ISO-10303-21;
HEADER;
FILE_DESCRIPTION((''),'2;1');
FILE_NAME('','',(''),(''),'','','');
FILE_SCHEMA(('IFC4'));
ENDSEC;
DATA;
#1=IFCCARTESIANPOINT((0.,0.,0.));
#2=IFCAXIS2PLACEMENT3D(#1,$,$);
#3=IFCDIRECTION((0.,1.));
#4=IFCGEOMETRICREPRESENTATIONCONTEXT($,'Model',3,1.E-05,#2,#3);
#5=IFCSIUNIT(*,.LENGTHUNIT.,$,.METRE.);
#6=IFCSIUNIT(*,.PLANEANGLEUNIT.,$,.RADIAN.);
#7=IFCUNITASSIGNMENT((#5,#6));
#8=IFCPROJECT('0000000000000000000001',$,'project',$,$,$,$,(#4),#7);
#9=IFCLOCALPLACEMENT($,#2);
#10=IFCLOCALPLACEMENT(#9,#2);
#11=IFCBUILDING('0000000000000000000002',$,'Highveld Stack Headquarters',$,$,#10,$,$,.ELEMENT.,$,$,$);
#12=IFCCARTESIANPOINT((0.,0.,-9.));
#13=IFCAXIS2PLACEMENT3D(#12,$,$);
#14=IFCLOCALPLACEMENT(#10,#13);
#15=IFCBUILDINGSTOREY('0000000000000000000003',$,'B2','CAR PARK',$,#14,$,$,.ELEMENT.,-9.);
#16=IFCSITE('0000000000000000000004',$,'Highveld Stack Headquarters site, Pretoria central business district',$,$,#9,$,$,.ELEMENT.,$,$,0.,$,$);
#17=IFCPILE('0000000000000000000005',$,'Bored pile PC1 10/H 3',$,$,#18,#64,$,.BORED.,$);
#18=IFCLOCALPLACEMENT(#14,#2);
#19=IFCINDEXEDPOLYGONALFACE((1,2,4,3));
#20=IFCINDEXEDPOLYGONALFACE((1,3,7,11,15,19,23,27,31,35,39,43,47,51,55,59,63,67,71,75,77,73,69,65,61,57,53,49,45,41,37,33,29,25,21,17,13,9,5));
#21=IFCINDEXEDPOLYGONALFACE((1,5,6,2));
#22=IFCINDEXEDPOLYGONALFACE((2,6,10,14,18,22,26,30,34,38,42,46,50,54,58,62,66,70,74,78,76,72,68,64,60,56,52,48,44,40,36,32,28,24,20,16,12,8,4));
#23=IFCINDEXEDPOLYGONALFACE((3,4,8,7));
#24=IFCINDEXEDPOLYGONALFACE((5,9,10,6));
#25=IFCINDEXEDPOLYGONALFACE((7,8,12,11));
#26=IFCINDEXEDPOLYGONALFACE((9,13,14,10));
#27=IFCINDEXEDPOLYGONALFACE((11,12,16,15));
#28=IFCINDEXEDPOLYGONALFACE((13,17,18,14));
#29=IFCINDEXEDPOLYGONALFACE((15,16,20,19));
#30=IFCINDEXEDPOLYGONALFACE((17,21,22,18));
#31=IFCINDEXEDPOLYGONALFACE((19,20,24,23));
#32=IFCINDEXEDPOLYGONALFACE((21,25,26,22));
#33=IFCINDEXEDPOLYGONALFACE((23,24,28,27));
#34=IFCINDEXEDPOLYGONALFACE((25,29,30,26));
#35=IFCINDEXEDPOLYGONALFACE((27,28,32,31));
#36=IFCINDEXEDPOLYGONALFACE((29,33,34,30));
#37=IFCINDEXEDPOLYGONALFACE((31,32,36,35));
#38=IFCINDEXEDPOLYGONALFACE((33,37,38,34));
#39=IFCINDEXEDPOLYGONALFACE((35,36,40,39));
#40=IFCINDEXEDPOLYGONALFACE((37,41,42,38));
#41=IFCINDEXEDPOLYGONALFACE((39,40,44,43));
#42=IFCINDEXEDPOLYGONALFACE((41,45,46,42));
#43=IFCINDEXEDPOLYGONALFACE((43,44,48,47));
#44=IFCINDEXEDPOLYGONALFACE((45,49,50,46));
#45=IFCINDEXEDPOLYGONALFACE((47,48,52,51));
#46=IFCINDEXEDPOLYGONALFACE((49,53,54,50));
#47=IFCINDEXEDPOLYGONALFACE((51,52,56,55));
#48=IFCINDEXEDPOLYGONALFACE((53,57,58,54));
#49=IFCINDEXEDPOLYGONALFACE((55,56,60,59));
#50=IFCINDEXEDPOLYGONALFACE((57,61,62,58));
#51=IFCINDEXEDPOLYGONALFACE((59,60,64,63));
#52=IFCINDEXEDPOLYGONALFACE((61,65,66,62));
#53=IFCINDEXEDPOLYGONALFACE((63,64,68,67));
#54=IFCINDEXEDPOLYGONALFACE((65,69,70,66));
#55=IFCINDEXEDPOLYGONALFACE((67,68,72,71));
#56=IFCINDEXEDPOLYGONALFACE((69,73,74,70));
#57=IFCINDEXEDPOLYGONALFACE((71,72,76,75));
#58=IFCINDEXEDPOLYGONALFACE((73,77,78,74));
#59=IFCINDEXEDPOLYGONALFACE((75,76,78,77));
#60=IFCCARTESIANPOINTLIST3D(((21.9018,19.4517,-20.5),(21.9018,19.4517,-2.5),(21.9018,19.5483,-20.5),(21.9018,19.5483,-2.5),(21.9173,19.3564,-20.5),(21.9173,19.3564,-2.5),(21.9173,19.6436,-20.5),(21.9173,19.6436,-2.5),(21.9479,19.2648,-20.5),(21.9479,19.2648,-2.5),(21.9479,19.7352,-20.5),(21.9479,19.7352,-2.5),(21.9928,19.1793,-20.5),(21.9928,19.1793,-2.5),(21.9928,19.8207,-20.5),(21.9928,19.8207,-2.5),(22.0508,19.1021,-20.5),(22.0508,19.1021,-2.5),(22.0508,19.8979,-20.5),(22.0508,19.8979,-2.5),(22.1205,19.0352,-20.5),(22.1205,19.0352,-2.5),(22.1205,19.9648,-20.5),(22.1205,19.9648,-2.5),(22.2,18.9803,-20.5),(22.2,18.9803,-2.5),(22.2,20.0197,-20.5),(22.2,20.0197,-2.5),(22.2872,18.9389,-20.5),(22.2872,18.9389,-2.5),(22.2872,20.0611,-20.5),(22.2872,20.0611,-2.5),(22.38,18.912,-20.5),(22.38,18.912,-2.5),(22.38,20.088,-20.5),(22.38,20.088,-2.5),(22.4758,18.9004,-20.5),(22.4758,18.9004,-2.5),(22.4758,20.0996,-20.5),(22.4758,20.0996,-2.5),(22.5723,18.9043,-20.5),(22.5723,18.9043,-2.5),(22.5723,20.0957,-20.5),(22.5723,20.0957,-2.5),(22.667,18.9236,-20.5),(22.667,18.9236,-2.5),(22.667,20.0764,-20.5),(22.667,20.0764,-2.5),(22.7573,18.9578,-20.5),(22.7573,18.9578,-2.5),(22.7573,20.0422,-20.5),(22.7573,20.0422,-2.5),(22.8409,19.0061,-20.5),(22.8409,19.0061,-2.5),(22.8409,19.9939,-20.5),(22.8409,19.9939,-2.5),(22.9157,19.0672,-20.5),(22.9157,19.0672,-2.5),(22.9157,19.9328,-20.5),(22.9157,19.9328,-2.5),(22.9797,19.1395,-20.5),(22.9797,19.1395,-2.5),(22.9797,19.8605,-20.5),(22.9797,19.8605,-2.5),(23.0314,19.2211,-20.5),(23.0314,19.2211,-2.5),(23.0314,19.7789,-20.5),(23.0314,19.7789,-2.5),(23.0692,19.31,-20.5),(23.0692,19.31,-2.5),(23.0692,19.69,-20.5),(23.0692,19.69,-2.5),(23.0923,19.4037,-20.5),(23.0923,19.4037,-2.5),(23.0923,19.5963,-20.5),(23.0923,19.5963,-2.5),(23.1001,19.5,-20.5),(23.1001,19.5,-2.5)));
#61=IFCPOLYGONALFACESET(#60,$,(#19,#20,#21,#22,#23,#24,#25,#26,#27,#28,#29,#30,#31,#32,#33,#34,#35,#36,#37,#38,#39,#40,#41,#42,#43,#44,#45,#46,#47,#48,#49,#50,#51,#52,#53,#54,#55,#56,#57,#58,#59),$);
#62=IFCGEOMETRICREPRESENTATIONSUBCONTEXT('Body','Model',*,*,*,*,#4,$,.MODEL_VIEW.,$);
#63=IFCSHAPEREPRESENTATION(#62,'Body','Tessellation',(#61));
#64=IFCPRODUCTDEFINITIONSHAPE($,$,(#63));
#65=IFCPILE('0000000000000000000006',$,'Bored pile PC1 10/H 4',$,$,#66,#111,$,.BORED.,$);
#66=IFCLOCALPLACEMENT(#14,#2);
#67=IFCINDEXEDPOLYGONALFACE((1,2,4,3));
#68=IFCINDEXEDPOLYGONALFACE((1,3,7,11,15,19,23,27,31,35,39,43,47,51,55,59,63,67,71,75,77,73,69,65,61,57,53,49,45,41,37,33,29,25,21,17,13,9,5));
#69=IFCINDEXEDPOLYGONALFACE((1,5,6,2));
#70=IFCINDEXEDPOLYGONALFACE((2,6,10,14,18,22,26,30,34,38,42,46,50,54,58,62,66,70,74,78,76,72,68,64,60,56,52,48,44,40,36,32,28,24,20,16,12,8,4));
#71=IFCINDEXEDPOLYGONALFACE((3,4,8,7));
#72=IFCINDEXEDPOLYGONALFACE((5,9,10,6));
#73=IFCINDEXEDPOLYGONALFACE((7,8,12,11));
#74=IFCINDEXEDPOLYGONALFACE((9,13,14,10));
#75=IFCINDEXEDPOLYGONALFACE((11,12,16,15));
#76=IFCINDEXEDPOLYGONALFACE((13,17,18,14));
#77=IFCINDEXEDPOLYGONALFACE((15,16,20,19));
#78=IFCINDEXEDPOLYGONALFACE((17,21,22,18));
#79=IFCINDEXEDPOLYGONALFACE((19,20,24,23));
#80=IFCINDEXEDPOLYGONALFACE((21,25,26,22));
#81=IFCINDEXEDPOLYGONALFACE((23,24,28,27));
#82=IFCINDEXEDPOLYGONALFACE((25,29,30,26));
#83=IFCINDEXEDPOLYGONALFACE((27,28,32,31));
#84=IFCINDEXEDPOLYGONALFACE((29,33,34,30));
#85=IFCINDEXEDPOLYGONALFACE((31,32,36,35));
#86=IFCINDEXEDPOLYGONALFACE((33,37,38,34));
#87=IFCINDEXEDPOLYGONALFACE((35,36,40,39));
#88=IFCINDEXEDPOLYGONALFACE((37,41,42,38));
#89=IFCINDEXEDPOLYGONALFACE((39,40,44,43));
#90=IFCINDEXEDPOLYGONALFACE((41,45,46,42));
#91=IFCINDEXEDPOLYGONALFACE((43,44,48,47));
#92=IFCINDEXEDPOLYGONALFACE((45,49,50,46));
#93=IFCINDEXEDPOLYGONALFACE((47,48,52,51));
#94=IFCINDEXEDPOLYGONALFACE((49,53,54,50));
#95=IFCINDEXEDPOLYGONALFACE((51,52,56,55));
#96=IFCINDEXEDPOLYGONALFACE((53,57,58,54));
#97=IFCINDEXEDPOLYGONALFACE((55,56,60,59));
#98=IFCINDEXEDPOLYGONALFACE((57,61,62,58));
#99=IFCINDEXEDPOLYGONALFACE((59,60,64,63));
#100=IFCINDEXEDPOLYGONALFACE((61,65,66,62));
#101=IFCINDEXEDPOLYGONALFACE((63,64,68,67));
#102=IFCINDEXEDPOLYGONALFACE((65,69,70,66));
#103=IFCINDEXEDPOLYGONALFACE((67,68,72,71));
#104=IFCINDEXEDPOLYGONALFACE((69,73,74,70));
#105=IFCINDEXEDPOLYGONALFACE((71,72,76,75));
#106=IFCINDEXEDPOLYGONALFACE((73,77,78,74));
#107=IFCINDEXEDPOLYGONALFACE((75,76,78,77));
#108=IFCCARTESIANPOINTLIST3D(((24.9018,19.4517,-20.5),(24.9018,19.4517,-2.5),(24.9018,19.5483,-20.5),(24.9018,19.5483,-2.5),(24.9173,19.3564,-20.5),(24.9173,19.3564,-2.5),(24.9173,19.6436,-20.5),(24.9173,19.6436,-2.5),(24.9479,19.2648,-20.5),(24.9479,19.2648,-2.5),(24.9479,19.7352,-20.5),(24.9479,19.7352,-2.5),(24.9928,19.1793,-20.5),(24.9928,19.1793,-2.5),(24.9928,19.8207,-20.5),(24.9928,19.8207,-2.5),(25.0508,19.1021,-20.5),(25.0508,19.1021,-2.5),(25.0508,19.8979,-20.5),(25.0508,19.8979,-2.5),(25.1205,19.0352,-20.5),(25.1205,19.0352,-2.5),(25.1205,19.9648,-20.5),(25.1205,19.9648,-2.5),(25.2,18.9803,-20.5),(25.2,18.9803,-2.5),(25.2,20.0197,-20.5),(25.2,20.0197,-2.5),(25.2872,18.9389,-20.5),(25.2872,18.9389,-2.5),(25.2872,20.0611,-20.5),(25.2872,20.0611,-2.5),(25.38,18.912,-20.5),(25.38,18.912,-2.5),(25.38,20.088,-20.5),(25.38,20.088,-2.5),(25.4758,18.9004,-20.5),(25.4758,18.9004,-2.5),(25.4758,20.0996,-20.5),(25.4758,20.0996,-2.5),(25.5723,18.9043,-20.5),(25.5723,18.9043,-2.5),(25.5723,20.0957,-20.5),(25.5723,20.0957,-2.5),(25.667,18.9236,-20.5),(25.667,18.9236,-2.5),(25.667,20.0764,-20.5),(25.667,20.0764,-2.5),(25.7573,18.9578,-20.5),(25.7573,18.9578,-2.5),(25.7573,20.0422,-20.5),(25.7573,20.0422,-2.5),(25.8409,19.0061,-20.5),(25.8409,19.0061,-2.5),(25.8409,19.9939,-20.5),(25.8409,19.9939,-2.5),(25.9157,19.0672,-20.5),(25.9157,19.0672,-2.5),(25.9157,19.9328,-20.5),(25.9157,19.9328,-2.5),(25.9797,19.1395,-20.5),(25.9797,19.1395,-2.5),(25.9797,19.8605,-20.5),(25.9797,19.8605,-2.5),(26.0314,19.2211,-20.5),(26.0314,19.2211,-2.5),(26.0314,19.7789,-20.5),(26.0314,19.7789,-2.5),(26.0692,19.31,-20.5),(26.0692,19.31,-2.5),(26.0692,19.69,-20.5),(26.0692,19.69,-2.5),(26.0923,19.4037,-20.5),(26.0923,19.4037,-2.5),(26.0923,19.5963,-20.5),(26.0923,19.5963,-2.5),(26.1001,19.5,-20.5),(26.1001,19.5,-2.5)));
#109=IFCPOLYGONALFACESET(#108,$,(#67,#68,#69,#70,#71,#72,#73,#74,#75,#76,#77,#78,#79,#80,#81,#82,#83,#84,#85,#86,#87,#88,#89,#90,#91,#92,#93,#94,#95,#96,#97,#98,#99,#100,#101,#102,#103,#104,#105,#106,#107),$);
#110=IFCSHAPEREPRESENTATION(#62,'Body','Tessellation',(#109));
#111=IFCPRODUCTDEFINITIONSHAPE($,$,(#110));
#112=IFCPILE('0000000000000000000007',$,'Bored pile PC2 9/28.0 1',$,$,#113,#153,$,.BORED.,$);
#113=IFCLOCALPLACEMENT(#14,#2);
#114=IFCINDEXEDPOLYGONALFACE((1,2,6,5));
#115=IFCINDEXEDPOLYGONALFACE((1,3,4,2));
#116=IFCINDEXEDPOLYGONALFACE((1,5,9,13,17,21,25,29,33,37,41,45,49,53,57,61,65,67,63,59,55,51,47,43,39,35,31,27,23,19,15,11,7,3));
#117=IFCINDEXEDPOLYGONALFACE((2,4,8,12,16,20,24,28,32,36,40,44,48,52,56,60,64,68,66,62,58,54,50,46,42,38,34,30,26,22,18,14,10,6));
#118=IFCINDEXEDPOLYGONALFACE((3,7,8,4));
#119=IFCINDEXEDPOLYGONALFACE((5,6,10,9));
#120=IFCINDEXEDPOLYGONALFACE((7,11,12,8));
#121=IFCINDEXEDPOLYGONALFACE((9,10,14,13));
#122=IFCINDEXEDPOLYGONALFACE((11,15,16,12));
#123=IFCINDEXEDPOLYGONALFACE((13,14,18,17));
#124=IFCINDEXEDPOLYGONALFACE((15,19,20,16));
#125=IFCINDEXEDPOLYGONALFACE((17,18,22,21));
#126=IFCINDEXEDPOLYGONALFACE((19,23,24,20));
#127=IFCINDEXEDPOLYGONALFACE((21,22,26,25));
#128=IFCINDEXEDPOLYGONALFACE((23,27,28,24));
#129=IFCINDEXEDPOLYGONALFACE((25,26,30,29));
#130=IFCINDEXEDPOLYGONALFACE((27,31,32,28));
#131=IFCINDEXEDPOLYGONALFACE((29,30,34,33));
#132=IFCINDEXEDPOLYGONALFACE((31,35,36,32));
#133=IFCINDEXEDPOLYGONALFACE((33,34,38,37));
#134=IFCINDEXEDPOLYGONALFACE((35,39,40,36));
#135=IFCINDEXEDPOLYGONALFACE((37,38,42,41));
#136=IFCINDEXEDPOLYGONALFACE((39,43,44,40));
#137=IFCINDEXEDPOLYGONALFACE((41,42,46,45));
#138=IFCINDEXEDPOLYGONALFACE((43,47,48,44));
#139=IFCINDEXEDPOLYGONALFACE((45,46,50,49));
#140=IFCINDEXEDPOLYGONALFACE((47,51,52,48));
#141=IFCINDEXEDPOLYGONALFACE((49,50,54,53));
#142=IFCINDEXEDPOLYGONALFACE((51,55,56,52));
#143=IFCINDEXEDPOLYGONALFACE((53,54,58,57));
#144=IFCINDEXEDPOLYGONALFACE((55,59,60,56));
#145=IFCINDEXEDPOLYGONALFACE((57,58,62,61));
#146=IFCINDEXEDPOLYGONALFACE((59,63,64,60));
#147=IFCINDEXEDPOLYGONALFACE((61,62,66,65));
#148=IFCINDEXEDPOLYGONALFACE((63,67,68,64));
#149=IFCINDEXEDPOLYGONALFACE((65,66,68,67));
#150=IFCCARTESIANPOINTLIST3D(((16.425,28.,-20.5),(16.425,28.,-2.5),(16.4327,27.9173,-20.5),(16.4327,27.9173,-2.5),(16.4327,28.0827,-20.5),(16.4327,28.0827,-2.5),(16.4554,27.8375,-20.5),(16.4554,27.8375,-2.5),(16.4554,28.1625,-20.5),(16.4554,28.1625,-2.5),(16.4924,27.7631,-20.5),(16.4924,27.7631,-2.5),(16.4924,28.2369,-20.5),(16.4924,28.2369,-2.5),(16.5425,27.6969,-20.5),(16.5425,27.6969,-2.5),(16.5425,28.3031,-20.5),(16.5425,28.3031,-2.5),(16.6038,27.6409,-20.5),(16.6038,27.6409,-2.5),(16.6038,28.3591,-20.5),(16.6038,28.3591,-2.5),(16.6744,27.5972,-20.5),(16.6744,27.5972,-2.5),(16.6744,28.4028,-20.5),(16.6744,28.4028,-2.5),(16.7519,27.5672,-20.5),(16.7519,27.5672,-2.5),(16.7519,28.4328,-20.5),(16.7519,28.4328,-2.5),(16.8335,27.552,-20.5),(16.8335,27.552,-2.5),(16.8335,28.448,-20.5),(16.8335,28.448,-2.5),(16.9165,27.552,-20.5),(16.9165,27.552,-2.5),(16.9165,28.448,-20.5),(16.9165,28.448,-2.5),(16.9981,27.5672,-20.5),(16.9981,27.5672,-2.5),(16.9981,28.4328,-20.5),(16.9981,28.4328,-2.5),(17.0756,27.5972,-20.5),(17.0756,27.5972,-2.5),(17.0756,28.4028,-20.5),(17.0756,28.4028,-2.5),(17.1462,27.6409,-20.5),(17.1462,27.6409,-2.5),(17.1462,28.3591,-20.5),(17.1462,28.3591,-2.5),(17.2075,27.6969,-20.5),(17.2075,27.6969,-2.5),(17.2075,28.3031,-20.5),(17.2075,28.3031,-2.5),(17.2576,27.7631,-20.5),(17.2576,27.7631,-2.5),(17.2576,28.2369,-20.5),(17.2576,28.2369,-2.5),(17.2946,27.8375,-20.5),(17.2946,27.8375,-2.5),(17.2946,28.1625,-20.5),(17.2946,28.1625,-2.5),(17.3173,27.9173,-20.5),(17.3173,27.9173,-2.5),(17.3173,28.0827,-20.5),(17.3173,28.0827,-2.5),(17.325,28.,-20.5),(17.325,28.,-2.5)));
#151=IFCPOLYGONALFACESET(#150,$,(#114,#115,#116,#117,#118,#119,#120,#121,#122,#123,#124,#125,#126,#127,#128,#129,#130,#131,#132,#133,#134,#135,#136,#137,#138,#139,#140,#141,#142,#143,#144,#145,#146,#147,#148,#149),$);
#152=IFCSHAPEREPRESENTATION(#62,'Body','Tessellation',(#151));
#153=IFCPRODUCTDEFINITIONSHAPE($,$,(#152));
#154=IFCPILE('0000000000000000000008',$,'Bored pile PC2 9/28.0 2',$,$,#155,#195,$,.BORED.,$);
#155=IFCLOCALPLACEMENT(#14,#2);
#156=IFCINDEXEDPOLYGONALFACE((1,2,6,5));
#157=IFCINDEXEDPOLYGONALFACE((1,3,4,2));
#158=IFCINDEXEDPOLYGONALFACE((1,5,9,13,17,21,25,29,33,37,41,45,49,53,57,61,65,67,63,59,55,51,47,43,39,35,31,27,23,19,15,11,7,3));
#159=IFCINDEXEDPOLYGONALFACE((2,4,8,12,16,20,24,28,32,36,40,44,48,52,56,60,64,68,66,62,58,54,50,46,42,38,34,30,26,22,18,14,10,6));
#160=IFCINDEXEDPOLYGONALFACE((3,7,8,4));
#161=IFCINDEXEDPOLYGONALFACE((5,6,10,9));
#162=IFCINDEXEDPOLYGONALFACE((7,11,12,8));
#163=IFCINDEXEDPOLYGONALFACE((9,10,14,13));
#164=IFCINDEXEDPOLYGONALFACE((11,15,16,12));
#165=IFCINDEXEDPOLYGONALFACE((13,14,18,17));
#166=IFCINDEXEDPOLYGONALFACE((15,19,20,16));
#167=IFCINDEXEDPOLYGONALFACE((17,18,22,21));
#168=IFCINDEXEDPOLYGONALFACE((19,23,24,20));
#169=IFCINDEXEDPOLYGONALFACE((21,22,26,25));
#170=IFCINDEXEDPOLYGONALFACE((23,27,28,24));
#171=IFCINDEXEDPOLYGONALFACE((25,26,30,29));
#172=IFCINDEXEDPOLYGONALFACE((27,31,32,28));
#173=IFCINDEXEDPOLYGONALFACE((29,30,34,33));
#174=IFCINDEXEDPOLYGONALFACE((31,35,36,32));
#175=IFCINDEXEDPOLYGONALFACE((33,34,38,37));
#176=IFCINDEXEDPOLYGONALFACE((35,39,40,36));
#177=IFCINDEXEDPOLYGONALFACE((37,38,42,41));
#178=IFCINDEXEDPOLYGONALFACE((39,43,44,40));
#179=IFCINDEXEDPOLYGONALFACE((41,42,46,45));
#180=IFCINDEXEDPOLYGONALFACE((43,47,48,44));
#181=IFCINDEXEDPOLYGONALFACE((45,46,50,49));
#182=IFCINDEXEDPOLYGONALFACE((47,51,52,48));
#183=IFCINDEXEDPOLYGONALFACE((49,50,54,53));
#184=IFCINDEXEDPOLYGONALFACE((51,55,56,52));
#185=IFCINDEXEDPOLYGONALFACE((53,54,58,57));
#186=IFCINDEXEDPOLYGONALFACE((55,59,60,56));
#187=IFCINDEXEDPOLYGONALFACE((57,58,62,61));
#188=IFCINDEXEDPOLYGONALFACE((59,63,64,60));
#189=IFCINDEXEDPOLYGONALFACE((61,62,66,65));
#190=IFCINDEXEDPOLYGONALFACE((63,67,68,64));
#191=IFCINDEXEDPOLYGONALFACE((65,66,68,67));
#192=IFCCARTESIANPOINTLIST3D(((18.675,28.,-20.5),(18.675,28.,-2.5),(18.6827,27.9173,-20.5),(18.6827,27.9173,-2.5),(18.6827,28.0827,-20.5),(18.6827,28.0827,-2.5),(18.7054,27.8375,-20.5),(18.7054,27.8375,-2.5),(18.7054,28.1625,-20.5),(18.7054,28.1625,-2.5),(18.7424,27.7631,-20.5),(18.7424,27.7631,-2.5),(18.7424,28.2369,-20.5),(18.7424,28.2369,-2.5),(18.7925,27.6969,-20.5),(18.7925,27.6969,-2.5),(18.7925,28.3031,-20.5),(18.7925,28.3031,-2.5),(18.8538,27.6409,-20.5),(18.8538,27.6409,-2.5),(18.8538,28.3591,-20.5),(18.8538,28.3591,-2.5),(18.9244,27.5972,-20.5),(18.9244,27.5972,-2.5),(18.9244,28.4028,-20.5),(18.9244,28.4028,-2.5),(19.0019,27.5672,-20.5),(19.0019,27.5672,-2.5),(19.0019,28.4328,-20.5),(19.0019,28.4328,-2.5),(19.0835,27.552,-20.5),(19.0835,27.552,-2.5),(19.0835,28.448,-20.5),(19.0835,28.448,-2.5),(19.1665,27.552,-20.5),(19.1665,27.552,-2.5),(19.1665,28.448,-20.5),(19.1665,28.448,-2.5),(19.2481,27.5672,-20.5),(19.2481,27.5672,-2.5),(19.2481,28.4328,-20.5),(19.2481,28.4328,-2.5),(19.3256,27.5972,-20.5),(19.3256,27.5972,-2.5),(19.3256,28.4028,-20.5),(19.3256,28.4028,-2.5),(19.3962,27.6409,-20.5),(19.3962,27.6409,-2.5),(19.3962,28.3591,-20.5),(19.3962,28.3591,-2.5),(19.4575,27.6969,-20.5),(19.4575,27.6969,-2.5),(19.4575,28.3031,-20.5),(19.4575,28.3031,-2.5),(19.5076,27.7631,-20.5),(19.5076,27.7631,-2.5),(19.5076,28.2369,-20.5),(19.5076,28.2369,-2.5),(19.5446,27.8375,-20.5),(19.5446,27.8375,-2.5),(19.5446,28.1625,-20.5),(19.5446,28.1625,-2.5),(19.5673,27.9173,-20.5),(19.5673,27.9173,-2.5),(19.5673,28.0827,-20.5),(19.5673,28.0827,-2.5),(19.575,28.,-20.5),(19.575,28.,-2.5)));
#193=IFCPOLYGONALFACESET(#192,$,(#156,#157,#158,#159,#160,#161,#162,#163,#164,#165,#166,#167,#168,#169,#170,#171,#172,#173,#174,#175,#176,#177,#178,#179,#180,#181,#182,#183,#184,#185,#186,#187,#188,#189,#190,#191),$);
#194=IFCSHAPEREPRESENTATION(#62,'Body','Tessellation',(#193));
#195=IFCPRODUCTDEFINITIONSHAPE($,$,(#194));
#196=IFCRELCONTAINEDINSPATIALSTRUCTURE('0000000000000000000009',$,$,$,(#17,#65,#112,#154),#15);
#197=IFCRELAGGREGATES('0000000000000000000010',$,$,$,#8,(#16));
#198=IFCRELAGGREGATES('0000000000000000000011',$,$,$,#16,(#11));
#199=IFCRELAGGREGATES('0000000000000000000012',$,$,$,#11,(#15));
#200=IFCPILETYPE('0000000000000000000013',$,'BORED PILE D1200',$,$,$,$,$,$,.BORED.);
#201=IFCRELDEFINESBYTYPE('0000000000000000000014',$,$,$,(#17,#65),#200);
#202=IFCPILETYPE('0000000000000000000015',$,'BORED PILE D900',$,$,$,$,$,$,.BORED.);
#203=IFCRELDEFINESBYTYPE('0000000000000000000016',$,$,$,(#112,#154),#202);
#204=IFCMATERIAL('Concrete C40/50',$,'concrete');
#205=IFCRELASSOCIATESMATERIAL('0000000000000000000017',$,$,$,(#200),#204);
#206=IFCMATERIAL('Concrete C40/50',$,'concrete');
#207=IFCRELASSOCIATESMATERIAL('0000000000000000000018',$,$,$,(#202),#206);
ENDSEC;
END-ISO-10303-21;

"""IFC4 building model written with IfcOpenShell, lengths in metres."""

from ifc_helpers import new_model, si_unit, direction, frame, origin, origin_2d, place, context, subcontext, project, spatial, circle, extrude, material, type_object, element, save


model = new_model("IFC4")

# Units and contexts
model_context = context("Model", 3, precision=1e-05, world=origin(), true_north=direction((0.0, 1.0)))
body_context = subcontext(model_context, "Body", "Model", "MODEL_VIEW")
ifc_project = project(units=[si_unit("LENGTHUNIT", "METRE"), si_unit("PLANEANGLEUNIT", "RADIAN")], contexts=[model_context])

# Site, building, storey
site_placement = place(None, origin())
site = spatial("IfcSite", under=ifc_project, at=site_placement, Name="Highveld Stack Headquarters site, Pretoria central business district", CompositionType="ELEMENT", RefElevation=0.0)
building_placement = place(site_placement, origin())
building = spatial("IfcBuilding", under=site, at=building_placement, Name="Highveld Stack Headquarters", CompositionType="ELEMENT")
storey_placement = place(building_placement, frame((0.0, 0.0, -9.0)))
storey = spatial("IfcBuildingStorey", under=building, at=storey_placement, Name="B2", Description="CAR PARK", CompositionType="ELEMENT", Elevation=-9.0)

# Piles
ifc_material_1 = material(Name="Concrete C40/50", Category="concrete")
pile_type_1 = type_object("IfcPileType", Name="BORED PILE D1200", PredefinedType="BORED", material=ifc_material_1)
for number, where, z_axis, x_axis, name in (
    (1, (22.5, 19.5, -2.5), (0.0, 0.0, -1.0), (1.0, 0.0, 0.0), "Bored pile PC1 10/H 3"),
    (2, (25.5, 19.5, -2.5), (0.0, 0.0, -1.0), (1.0, 0.0, 0.0), "Bored pile PC1 10/H 4"),
):
    element("IfcPile", number, at=place(storey_placement, frame(where, z_axis=z_axis, x_axis=x_axis)), inside=storey, type_object=pile_type_1, Name=name, PredefinedType="BORED", context=body_context, shape_type="SweptSolid", body=[
        extrude(circle(Radius=0.6001, at=origin_2d()), origin(), (0.0, 0.0, 1.0), 18.0),
    ])
ifc_material_2 = material(Name="Concrete C40/50", Category="concrete")
pile_type_2 = type_object("IfcPileType", Name="BORED PILE D900", PredefinedType="BORED", material=ifc_material_2)
for number, where, z_axis, x_axis, name in (
    (3, (16.875, 28.0, -2.5), (0.0, 0.0, -1.0), (1.0, 0.0, 0.0), "Bored pile PC2 9/28.0 1"),
    (4, (19.125, 28.0, -2.5), (0.0, 0.0, -1.0), (1.0, 0.0, 0.0), "Bored pile PC2 9/28.0 2"),
):
    element("IfcPile", number, at=place(storey_placement, frame(where, z_axis=z_axis, x_axis=x_axis)), inside=storey, type_object=pile_type_2, Name=name, PredefinedType="BORED", context=body_context, shape_type="SweptSolid", body=[
        extrude(circle(Radius=0.45, at=origin_2d()), origin(), (0.0, 0.0, 1.0), 18.0),
    ])

save(model, "model.ifc")
